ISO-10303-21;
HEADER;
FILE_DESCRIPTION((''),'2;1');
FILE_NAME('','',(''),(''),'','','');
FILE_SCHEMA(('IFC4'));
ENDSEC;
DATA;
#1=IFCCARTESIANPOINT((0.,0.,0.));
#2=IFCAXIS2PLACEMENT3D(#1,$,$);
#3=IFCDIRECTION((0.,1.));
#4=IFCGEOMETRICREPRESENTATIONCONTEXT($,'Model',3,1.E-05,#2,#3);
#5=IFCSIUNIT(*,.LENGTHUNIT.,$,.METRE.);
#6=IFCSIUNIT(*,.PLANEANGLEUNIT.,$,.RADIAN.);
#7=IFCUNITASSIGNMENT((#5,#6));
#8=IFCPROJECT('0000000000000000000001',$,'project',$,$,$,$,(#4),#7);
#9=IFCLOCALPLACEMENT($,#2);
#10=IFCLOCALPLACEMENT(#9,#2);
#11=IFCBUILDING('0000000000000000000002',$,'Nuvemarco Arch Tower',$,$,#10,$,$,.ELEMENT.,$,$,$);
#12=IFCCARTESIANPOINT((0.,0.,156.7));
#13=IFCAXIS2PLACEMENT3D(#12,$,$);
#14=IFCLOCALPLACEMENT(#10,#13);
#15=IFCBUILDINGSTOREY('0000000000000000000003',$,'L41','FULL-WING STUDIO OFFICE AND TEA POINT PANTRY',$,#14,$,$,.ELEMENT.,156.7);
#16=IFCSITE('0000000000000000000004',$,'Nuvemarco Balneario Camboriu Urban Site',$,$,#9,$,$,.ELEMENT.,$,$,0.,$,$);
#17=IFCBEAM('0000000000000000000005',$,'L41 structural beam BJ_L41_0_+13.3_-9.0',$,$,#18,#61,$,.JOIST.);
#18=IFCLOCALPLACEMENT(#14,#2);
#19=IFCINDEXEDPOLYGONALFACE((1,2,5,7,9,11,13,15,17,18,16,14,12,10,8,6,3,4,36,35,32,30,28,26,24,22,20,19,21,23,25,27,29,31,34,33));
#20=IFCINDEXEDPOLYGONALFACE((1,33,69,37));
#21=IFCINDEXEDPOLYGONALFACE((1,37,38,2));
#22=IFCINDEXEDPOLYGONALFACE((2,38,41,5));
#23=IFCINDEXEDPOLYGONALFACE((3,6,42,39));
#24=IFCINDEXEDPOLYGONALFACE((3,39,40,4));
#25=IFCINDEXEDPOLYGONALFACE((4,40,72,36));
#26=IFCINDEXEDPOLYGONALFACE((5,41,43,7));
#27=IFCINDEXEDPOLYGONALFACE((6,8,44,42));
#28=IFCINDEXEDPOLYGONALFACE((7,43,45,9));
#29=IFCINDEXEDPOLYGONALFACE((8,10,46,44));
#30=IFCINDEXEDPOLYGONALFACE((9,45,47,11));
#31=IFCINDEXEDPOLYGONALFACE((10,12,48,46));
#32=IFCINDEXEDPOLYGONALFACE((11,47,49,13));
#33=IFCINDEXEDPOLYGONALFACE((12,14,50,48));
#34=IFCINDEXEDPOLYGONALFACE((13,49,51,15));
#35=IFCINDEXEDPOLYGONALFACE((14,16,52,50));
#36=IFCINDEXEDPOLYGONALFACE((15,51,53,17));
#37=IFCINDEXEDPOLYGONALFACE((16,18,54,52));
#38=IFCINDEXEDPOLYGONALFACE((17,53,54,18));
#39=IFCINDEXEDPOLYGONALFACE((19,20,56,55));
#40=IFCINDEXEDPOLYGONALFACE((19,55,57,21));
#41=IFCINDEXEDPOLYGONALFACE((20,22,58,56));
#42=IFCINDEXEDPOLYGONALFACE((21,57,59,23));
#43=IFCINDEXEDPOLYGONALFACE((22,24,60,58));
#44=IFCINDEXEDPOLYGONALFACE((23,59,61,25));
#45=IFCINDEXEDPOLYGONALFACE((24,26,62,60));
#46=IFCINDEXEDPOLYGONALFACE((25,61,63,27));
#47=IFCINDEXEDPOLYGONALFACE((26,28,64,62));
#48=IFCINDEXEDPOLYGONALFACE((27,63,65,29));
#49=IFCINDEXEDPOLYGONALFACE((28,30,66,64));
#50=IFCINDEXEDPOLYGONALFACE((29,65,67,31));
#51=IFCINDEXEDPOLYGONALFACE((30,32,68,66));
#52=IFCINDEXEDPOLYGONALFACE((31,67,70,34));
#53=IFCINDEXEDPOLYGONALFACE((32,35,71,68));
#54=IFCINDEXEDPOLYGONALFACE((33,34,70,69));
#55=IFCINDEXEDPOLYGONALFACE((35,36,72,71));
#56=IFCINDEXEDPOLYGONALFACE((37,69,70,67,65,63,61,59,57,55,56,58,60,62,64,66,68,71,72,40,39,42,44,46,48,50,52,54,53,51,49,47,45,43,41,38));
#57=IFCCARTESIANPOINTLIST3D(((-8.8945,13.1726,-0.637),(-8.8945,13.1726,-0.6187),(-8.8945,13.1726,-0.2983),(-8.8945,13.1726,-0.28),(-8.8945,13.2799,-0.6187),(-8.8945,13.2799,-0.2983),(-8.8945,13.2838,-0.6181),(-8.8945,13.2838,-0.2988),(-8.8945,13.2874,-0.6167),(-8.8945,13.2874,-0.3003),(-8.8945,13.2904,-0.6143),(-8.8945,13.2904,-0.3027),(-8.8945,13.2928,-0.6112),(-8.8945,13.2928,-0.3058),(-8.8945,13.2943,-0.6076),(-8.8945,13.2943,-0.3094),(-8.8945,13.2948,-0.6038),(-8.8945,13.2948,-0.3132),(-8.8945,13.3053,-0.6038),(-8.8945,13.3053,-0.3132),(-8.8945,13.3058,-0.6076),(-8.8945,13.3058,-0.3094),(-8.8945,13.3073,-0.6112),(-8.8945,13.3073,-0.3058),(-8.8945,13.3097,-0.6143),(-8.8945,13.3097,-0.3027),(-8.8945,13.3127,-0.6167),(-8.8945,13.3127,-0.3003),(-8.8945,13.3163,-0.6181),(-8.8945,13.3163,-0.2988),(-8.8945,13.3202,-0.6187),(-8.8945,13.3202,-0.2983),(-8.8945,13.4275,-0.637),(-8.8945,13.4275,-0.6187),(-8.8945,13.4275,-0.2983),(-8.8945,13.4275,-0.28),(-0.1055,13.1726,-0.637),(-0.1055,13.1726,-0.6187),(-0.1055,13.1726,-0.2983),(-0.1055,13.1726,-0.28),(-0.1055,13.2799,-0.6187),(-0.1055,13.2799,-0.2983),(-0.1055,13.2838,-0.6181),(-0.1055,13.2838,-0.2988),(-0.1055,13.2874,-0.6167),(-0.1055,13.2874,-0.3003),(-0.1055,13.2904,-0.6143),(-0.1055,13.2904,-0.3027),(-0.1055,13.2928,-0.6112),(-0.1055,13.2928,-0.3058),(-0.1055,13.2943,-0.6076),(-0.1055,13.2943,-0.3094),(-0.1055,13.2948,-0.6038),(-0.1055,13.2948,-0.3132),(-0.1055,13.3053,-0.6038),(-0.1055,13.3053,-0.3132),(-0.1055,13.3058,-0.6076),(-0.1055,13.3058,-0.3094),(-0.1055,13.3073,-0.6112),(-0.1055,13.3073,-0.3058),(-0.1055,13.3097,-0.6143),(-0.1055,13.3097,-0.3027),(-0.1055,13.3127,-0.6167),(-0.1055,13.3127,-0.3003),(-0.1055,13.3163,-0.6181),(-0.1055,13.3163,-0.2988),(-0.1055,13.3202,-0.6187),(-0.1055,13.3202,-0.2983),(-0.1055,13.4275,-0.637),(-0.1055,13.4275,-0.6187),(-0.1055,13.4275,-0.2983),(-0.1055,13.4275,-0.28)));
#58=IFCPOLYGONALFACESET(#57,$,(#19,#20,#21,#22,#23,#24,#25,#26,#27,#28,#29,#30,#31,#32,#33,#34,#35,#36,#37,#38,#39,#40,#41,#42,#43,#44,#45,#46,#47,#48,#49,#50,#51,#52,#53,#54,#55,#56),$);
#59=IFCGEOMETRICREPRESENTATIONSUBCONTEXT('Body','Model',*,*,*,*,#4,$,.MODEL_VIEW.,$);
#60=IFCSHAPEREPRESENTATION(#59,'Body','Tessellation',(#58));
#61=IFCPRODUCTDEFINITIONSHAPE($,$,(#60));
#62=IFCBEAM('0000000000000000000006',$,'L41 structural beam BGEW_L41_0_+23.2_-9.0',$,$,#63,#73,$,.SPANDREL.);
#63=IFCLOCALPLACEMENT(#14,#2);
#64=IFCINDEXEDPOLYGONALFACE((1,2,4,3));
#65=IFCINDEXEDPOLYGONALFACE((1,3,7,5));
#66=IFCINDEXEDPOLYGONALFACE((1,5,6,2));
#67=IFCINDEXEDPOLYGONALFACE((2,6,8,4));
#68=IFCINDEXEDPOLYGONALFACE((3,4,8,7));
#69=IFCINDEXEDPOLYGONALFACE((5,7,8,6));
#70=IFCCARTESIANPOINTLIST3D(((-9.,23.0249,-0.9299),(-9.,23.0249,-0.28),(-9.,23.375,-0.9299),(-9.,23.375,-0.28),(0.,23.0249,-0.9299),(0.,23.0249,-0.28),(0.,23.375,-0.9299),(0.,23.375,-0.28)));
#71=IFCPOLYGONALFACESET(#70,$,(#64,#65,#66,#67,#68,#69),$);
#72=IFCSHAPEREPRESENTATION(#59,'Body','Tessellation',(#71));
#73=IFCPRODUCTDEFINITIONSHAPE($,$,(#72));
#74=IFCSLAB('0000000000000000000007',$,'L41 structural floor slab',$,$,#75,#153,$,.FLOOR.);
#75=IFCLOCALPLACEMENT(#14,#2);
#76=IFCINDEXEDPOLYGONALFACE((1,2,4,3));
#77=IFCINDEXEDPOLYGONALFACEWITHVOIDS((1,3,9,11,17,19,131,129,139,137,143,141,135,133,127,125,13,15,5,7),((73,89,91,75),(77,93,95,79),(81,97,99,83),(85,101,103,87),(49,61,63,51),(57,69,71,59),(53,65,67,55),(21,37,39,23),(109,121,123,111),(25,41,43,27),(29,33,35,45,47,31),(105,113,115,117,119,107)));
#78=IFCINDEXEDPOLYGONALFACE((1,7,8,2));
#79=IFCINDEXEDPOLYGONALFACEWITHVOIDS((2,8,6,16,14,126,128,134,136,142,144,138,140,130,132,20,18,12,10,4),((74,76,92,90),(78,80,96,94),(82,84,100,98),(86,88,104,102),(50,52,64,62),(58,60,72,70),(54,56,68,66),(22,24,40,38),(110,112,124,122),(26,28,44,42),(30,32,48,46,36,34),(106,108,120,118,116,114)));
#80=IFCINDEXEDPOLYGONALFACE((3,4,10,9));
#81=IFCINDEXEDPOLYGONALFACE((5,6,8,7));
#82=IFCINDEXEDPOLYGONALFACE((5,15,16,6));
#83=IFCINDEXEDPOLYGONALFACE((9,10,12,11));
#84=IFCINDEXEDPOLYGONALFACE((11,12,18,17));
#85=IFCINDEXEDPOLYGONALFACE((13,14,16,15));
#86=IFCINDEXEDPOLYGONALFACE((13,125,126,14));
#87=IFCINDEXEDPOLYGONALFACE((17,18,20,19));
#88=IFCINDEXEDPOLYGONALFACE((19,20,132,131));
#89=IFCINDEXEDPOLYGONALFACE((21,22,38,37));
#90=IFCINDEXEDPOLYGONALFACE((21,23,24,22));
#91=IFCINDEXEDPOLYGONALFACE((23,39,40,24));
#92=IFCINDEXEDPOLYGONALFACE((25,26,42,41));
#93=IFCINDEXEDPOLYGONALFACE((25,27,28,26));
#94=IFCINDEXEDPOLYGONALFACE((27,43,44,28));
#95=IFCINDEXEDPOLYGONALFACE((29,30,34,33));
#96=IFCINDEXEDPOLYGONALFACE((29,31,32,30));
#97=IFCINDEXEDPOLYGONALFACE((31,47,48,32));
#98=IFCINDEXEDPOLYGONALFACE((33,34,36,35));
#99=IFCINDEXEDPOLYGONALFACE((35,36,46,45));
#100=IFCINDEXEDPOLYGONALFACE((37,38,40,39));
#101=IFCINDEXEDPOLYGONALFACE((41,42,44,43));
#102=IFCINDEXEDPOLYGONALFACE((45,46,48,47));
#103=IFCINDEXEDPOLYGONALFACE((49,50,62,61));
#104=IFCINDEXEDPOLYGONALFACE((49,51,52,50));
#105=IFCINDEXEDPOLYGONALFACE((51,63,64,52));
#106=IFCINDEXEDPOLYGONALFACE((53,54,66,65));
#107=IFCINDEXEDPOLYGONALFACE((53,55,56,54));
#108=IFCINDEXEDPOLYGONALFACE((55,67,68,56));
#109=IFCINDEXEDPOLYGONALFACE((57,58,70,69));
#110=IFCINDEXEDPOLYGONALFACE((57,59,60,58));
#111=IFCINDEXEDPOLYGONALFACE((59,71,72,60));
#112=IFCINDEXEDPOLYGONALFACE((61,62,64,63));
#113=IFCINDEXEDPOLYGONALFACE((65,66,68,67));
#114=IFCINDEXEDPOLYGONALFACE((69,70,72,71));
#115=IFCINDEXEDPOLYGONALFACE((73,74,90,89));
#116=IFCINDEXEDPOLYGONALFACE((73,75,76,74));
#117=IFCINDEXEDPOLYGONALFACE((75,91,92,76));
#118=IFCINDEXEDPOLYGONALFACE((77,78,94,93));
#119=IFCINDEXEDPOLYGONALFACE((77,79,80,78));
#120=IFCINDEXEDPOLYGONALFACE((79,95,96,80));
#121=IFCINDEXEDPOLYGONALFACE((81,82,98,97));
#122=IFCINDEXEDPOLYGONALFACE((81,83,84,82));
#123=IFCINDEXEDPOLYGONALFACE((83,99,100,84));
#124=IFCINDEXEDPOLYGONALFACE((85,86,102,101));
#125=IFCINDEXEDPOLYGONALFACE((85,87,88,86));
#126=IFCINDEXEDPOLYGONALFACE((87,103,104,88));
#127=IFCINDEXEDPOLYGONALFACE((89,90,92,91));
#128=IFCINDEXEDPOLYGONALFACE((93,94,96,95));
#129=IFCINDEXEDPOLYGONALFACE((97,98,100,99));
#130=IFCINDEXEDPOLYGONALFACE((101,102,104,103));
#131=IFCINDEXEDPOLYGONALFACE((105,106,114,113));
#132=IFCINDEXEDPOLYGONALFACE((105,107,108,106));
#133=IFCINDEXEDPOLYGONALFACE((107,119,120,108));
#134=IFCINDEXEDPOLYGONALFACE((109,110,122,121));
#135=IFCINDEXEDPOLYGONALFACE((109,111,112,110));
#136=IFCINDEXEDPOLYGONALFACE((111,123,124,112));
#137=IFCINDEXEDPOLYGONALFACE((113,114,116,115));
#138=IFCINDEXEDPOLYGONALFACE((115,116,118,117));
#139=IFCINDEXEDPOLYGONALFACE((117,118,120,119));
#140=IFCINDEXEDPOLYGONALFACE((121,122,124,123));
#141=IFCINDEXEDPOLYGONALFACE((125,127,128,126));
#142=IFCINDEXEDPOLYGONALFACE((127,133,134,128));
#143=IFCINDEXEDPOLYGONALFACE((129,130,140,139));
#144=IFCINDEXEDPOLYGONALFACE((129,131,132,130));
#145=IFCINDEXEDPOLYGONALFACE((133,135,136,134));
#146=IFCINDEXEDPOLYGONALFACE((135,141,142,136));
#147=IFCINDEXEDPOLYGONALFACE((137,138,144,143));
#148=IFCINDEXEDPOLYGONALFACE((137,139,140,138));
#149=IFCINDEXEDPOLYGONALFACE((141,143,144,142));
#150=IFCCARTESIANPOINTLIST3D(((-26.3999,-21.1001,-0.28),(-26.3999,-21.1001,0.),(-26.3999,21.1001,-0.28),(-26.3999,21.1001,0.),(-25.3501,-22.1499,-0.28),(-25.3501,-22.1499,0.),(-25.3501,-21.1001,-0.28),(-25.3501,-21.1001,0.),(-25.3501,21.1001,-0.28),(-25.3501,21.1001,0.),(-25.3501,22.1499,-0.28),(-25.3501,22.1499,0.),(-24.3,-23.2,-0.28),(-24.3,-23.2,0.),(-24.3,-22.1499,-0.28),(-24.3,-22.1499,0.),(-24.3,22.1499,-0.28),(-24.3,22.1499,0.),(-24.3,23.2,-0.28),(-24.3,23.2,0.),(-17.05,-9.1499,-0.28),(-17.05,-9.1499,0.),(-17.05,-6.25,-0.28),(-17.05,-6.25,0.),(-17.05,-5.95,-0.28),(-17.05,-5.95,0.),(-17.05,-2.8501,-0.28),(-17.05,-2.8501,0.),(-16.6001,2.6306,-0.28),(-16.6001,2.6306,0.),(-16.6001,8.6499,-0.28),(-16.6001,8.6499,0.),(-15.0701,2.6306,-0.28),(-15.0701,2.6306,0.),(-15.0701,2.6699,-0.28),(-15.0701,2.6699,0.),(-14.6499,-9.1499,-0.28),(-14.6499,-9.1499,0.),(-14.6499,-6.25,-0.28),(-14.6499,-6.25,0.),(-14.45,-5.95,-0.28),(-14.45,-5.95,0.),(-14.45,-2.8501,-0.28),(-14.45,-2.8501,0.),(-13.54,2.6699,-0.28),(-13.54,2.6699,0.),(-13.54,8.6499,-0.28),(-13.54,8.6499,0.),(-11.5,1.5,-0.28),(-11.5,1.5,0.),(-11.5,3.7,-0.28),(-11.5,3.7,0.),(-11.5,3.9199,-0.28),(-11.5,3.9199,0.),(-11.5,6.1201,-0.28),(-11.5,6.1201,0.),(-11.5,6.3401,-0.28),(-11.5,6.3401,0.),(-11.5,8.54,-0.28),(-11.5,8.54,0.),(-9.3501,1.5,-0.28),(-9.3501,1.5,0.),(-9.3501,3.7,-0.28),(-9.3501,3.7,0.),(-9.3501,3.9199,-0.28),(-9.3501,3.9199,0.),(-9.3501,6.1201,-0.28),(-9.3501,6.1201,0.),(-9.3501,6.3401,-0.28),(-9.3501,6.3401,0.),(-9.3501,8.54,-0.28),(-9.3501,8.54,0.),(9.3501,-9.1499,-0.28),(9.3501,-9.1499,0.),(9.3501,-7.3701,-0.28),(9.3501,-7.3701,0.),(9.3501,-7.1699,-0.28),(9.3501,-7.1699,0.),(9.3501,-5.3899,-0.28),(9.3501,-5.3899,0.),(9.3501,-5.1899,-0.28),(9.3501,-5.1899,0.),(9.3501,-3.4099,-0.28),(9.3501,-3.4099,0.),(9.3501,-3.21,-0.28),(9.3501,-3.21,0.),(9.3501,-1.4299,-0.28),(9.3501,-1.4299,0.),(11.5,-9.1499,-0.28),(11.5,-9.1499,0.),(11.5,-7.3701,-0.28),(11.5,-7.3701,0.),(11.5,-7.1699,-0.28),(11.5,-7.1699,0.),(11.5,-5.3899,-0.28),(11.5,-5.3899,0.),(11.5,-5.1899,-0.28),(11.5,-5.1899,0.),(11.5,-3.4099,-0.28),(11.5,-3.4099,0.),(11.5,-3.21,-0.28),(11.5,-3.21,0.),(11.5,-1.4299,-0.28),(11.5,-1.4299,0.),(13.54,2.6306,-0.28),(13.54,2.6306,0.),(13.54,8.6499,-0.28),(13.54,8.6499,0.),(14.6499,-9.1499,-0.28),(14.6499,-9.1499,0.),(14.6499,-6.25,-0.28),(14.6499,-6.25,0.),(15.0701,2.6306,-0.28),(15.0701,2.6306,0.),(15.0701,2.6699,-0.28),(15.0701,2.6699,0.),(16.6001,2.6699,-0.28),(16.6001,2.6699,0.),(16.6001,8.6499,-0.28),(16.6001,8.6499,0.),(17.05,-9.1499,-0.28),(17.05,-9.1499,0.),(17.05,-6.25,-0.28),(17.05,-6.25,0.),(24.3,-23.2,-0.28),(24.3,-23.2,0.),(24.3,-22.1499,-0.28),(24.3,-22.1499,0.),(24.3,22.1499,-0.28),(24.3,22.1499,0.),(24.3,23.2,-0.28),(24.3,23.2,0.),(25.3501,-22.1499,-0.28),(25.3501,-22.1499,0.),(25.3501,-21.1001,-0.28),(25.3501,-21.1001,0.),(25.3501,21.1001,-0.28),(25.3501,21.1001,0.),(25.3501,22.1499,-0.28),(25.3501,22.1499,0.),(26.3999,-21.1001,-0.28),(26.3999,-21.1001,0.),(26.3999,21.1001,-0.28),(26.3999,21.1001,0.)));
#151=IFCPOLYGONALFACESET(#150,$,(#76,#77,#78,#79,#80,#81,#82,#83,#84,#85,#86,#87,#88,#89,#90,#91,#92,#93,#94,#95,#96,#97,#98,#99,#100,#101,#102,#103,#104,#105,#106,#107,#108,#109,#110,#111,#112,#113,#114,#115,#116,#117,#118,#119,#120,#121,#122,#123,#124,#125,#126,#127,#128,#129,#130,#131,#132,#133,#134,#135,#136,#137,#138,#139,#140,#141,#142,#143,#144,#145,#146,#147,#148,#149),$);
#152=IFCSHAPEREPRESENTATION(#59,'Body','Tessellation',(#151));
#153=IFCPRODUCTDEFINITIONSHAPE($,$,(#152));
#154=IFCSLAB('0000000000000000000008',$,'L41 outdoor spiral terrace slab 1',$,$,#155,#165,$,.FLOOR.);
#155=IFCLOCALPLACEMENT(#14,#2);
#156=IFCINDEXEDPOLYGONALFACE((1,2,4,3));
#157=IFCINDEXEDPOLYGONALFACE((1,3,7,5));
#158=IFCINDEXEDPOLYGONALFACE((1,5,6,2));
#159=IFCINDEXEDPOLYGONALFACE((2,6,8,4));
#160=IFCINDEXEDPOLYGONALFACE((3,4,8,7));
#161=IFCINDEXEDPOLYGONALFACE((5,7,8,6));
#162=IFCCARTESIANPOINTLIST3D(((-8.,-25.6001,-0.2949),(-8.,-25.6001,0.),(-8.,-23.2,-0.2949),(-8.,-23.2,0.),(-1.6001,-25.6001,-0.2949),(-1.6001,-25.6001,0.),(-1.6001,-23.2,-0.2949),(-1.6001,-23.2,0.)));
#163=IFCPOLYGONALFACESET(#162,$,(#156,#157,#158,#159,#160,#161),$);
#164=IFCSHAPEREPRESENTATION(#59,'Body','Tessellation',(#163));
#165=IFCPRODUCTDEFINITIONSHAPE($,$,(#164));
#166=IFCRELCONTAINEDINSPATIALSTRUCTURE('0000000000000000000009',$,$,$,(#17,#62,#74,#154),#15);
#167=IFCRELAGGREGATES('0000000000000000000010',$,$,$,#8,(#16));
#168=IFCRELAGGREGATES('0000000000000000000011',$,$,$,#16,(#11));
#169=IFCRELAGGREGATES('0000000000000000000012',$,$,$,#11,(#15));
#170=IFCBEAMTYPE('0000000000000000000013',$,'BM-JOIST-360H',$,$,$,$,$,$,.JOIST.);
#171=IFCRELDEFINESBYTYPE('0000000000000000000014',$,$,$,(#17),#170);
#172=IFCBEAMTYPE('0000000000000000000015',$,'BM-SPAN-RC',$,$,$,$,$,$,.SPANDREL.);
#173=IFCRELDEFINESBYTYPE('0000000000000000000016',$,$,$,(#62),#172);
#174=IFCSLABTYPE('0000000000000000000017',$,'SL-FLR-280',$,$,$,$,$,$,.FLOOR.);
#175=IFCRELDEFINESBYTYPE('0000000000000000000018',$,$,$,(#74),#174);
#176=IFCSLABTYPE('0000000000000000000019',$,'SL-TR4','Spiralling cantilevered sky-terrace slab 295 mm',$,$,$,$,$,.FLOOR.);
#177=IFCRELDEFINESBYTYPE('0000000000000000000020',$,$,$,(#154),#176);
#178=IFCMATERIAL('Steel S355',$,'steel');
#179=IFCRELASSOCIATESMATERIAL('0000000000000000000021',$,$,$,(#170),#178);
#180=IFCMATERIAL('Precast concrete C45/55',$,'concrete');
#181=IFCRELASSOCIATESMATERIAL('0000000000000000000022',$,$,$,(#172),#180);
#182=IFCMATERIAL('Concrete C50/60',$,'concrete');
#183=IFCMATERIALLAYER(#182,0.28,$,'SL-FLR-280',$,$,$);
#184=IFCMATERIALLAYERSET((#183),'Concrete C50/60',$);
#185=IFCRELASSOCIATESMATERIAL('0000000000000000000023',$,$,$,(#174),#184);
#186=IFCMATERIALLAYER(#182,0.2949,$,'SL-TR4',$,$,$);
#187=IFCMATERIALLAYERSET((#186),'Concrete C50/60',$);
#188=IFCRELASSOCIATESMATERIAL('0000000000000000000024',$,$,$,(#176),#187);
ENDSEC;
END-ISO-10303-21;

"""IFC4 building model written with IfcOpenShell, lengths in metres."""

from ifc_helpers import new_model, si_unit, direction, frame, origin, origin_2d, place, context, subcontext, project, spatial, polyline, rectangle, i_section, outline, extrude, material, layer, layer_set, material_profile, profile_set, type_object, element, save


model = new_model("IFC4")

# Units and contexts
model_context = context("Model", 3, precision=1e-05, world=origin(), true_north=direction((0.0, 1.0)))
body_context = subcontext(model_context, "Body", "Model", "MODEL_VIEW")
ifc_project = project(units=[si_unit("LENGTHUNIT", "METRE"), si_unit("PLANEANGLEUNIT", "RADIAN")], contexts=[model_context])

# Site, building, storey
site_placement = place(None, origin())
site = spatial("IfcSite", under=ifc_project, at=site_placement, Name="Nuvemarco Balneario Camboriu Urban Site", CompositionType="ELEMENT", RefElevation=0.0)
building_placement = place(site_placement, origin())
building = spatial("IfcBuilding", under=site, at=building_placement, Name="Nuvemarco Arch Tower", CompositionType="ELEMENT")
storey_placement = place(building_placement, frame((0.0, 0.0, 156.7)))
storey = spatial("IfcBuildingStorey", under=building, at=storey_placement, Name="L41", Description="FULL-WING STUDIO OFFICE AND TEA POINT PANTRY", CompositionType="ELEMENT", Elevation=156.7)

# Shared definitions
ifc_material_1 = material(Name="Concrete C50/60", Category="concrete")
ifc_material_2 = material(Name="Steel S355", Category="steel")

# Beams
ifc_material_profile_1 = material_profile(ifc_material_2, i_section(OverallWidth=0.2549, OverallDepth=0.3569, WebThickness=0.0105, FlangeThickness=0.0183, FilletRadius=0.0149, at=origin_2d()), Name="W360x101")
ifc_profile_set_1 = profile_set([ifc_material_profile_1], Name="Steel S355")
beam_type_1 = type_object("IfcBeamType", Name="BM-JOIST-360H", PredefinedType="JOIST", material=ifc_profile_set_1)
beam_1_placement = place(storey_placement, frame((-8.8945, 13.3, -0.4585), z_axis=(1.0, 0.0, 0.0), x_axis=(0.0, 1.0, 0.0)))
element("IfcBeam", 1, at=beam_1_placement, inside=storey, type_object=beam_type_1, Name="L41 structural beam BJ_L41_0_+13.3_-9.0", PredefinedType="JOIST", context=body_context, shape_type="SweptSolid", body=[
    extrude(i_section(OverallWidth=0.2549, OverallDepth=0.3569, WebThickness=0.0105, FlangeThickness=0.0183, FilletRadius=0.0149, at=origin_2d()), origin(), (0.0, 0.0, 1.0), 8.7891),
])
ifc_material_3 = material(Name="Precast concrete C45/55", Category="concrete")
ifc_material_profile_2 = material_profile(ifc_material_3, rectangle(XDim=0.3501, YDim=0.6499, at=origin_2d()), Name="PC-SP-350x650")
ifc_profile_set_2 = profile_set([ifc_material_profile_2], Name="Precast concrete C45/55")
beam_type_2 = type_object("IfcBeamType", Name="BM-SPAN-RC", PredefinedType="SPANDREL", material=ifc_profile_set_2)
beam_2_placement = place(storey_placement, frame((-9.0, 23.2, -0.605), z_axis=(1.0, 0.0, 0.0), x_axis=(0.0, 1.0, 0.0)))
element("IfcBeam", 2, at=beam_2_placement, inside=storey, type_object=beam_type_2, Name="L41 structural beam BGEW_L41_0_+23.2_-9.0", PredefinedType="SPANDREL", context=body_context, shape_type="SweptSolid", body=[
    extrude(rectangle(XDim=0.3501, YDim=0.6499, at=origin_2d()), origin(), (0.0, 0.0, 1.0), 9.0),
])

# Slabs
ifc_layer_1 = layer(ifc_material_1, 0.28, Name="SL-FLR-280")
ifc_layer_set_1 = layer_set([ifc_layer_1], Name="Concrete C50/60")
slab_type_1 = type_object("IfcSlabType", Name="SL-FLR-280", PredefinedType="FLOOR", material=ifc_layer_set_1)
slab_1_placement = place(storey_placement, frame((0.0, 0.0, -0.28)))
element("IfcSlab", 3, at=slab_1_placement, inside=storey, type_object=slab_type_1, Name="L41 structural floor slab", PredefinedType="FLOOR", context=body_context, shape_type="SweptSolid", body=[
    extrude(outline(polyline([(-24.3, -23.2), (24.3, -23.2), (24.3, -22.1499), (25.3501, -22.1499), (25.3501, -21.1001), (26.3999, -21.1001), (26.3999, 21.1001), (25.3501, 21.1001), (25.3501, 22.1499), (24.3, 22.1499), (24.3, 23.2), (-24.3, 23.2), (-24.3, 22.1499), (-25.3501, 22.1499), (-25.3501, 21.1001), (-26.3999, 21.1001), (-26.3999, -21.1001), (-25.3501, -21.1001), (-25.3501, -22.1499), (-24.3, -22.1499), (-24.3, -23.2)]), holes=[polyline([(-13.54, 2.6699), (-13.54, 8.6499), (-16.6001, 8.6499), (-16.6001, 2.6306), (-15.0701, 2.6306), (-15.0701, 2.6699), (-13.54, 2.6699)]), polyline([(16.6001, 2.6699), (16.6001, 8.6499), (13.54, 8.6499), (13.54, 2.6306), (15.0701, 2.6306), (15.0701, 2.6699), (16.6001, 2.6699)]), polyline([(-17.05, -9.1499), (-14.6499, -9.1499), (-14.6499, -6.25), (-17.05, -6.25), (-17.05, -9.1499)]), polyline([(-17.05, -5.95), (-14.45, -5.95), (-14.45, -2.8501), (-17.05, -2.8501), (-17.05, -5.95)]), polyline([(-11.5, 1.5), (-9.3501, 1.5), (-9.3501, 3.7), (-11.5, 3.7), (-11.5, 1.5)]), polyline([(-11.5, 3.9199), (-9.3501, 3.9199), (-9.3501, 6.1201), (-11.5, 6.1201), (-11.5, 3.9199)]), polyline([(-11.5, 6.3401), (-9.3501, 6.3401), (-9.3501, 8.54), (-11.5, 8.54), (-11.5, 6.3401)]), polyline([(14.6499, -9.1499), (17.05, -9.1499), (17.05, -6.25), (14.6499, -6.25), (14.6499, -9.1499)]), polyline([(9.3501, -9.1499), (11.5, -9.1499), (11.5, -7.3701), (9.3501, -7.3701), (9.3501, -9.1499)]), polyline([(9.3501, -7.1699), (11.5, -7.1699), (11.5, -5.3899), (9.3501, -5.3899), (9.3501, -7.1699)]), polyline([(9.3501, -5.1899), (11.5, -5.1899), (11.5, -3.4099), (9.3501, -3.4099), (9.3501, -5.1899)]), polyline([(9.3501, -3.21), (11.5, -3.21), (11.5, -1.4299), (9.3501, -1.4299), (9.3501, -3.21)])]), origin(), (0.0, 0.0, 1.0), 0.28),
])
ifc_layer_2 = layer(ifc_material_1, 0.2949, Name="SL-TR4")
ifc_layer_set_2 = layer_set([ifc_layer_2], Name="Concrete C50/60")
slab_type_2 = type_object("IfcSlabType", Name="SL-TR4", Description="Spiralling cantilevered sky-terrace slab 295 mm", PredefinedType="FLOOR", material=ifc_layer_set_2)
slab_2_placement = place(storey_placement, frame((0.0, 0.0, -0.2949)))
element("IfcSlab", 4, at=slab_2_placement, inside=storey, type_object=slab_type_2, Name="L41 outdoor spiral terrace slab 1", PredefinedType="FLOOR", context=body_context, shape_type="SweptSolid", body=[
    extrude(outline(polyline([(-8.0, -25.6001), (-1.6001, -25.6001), (-1.6001, -23.2), (-8.0, -23.2), (-8.0, -25.6001)])), origin(), (0.0, 0.0, 1.0), 0.2949),
])

save(model, "model.ifc")
